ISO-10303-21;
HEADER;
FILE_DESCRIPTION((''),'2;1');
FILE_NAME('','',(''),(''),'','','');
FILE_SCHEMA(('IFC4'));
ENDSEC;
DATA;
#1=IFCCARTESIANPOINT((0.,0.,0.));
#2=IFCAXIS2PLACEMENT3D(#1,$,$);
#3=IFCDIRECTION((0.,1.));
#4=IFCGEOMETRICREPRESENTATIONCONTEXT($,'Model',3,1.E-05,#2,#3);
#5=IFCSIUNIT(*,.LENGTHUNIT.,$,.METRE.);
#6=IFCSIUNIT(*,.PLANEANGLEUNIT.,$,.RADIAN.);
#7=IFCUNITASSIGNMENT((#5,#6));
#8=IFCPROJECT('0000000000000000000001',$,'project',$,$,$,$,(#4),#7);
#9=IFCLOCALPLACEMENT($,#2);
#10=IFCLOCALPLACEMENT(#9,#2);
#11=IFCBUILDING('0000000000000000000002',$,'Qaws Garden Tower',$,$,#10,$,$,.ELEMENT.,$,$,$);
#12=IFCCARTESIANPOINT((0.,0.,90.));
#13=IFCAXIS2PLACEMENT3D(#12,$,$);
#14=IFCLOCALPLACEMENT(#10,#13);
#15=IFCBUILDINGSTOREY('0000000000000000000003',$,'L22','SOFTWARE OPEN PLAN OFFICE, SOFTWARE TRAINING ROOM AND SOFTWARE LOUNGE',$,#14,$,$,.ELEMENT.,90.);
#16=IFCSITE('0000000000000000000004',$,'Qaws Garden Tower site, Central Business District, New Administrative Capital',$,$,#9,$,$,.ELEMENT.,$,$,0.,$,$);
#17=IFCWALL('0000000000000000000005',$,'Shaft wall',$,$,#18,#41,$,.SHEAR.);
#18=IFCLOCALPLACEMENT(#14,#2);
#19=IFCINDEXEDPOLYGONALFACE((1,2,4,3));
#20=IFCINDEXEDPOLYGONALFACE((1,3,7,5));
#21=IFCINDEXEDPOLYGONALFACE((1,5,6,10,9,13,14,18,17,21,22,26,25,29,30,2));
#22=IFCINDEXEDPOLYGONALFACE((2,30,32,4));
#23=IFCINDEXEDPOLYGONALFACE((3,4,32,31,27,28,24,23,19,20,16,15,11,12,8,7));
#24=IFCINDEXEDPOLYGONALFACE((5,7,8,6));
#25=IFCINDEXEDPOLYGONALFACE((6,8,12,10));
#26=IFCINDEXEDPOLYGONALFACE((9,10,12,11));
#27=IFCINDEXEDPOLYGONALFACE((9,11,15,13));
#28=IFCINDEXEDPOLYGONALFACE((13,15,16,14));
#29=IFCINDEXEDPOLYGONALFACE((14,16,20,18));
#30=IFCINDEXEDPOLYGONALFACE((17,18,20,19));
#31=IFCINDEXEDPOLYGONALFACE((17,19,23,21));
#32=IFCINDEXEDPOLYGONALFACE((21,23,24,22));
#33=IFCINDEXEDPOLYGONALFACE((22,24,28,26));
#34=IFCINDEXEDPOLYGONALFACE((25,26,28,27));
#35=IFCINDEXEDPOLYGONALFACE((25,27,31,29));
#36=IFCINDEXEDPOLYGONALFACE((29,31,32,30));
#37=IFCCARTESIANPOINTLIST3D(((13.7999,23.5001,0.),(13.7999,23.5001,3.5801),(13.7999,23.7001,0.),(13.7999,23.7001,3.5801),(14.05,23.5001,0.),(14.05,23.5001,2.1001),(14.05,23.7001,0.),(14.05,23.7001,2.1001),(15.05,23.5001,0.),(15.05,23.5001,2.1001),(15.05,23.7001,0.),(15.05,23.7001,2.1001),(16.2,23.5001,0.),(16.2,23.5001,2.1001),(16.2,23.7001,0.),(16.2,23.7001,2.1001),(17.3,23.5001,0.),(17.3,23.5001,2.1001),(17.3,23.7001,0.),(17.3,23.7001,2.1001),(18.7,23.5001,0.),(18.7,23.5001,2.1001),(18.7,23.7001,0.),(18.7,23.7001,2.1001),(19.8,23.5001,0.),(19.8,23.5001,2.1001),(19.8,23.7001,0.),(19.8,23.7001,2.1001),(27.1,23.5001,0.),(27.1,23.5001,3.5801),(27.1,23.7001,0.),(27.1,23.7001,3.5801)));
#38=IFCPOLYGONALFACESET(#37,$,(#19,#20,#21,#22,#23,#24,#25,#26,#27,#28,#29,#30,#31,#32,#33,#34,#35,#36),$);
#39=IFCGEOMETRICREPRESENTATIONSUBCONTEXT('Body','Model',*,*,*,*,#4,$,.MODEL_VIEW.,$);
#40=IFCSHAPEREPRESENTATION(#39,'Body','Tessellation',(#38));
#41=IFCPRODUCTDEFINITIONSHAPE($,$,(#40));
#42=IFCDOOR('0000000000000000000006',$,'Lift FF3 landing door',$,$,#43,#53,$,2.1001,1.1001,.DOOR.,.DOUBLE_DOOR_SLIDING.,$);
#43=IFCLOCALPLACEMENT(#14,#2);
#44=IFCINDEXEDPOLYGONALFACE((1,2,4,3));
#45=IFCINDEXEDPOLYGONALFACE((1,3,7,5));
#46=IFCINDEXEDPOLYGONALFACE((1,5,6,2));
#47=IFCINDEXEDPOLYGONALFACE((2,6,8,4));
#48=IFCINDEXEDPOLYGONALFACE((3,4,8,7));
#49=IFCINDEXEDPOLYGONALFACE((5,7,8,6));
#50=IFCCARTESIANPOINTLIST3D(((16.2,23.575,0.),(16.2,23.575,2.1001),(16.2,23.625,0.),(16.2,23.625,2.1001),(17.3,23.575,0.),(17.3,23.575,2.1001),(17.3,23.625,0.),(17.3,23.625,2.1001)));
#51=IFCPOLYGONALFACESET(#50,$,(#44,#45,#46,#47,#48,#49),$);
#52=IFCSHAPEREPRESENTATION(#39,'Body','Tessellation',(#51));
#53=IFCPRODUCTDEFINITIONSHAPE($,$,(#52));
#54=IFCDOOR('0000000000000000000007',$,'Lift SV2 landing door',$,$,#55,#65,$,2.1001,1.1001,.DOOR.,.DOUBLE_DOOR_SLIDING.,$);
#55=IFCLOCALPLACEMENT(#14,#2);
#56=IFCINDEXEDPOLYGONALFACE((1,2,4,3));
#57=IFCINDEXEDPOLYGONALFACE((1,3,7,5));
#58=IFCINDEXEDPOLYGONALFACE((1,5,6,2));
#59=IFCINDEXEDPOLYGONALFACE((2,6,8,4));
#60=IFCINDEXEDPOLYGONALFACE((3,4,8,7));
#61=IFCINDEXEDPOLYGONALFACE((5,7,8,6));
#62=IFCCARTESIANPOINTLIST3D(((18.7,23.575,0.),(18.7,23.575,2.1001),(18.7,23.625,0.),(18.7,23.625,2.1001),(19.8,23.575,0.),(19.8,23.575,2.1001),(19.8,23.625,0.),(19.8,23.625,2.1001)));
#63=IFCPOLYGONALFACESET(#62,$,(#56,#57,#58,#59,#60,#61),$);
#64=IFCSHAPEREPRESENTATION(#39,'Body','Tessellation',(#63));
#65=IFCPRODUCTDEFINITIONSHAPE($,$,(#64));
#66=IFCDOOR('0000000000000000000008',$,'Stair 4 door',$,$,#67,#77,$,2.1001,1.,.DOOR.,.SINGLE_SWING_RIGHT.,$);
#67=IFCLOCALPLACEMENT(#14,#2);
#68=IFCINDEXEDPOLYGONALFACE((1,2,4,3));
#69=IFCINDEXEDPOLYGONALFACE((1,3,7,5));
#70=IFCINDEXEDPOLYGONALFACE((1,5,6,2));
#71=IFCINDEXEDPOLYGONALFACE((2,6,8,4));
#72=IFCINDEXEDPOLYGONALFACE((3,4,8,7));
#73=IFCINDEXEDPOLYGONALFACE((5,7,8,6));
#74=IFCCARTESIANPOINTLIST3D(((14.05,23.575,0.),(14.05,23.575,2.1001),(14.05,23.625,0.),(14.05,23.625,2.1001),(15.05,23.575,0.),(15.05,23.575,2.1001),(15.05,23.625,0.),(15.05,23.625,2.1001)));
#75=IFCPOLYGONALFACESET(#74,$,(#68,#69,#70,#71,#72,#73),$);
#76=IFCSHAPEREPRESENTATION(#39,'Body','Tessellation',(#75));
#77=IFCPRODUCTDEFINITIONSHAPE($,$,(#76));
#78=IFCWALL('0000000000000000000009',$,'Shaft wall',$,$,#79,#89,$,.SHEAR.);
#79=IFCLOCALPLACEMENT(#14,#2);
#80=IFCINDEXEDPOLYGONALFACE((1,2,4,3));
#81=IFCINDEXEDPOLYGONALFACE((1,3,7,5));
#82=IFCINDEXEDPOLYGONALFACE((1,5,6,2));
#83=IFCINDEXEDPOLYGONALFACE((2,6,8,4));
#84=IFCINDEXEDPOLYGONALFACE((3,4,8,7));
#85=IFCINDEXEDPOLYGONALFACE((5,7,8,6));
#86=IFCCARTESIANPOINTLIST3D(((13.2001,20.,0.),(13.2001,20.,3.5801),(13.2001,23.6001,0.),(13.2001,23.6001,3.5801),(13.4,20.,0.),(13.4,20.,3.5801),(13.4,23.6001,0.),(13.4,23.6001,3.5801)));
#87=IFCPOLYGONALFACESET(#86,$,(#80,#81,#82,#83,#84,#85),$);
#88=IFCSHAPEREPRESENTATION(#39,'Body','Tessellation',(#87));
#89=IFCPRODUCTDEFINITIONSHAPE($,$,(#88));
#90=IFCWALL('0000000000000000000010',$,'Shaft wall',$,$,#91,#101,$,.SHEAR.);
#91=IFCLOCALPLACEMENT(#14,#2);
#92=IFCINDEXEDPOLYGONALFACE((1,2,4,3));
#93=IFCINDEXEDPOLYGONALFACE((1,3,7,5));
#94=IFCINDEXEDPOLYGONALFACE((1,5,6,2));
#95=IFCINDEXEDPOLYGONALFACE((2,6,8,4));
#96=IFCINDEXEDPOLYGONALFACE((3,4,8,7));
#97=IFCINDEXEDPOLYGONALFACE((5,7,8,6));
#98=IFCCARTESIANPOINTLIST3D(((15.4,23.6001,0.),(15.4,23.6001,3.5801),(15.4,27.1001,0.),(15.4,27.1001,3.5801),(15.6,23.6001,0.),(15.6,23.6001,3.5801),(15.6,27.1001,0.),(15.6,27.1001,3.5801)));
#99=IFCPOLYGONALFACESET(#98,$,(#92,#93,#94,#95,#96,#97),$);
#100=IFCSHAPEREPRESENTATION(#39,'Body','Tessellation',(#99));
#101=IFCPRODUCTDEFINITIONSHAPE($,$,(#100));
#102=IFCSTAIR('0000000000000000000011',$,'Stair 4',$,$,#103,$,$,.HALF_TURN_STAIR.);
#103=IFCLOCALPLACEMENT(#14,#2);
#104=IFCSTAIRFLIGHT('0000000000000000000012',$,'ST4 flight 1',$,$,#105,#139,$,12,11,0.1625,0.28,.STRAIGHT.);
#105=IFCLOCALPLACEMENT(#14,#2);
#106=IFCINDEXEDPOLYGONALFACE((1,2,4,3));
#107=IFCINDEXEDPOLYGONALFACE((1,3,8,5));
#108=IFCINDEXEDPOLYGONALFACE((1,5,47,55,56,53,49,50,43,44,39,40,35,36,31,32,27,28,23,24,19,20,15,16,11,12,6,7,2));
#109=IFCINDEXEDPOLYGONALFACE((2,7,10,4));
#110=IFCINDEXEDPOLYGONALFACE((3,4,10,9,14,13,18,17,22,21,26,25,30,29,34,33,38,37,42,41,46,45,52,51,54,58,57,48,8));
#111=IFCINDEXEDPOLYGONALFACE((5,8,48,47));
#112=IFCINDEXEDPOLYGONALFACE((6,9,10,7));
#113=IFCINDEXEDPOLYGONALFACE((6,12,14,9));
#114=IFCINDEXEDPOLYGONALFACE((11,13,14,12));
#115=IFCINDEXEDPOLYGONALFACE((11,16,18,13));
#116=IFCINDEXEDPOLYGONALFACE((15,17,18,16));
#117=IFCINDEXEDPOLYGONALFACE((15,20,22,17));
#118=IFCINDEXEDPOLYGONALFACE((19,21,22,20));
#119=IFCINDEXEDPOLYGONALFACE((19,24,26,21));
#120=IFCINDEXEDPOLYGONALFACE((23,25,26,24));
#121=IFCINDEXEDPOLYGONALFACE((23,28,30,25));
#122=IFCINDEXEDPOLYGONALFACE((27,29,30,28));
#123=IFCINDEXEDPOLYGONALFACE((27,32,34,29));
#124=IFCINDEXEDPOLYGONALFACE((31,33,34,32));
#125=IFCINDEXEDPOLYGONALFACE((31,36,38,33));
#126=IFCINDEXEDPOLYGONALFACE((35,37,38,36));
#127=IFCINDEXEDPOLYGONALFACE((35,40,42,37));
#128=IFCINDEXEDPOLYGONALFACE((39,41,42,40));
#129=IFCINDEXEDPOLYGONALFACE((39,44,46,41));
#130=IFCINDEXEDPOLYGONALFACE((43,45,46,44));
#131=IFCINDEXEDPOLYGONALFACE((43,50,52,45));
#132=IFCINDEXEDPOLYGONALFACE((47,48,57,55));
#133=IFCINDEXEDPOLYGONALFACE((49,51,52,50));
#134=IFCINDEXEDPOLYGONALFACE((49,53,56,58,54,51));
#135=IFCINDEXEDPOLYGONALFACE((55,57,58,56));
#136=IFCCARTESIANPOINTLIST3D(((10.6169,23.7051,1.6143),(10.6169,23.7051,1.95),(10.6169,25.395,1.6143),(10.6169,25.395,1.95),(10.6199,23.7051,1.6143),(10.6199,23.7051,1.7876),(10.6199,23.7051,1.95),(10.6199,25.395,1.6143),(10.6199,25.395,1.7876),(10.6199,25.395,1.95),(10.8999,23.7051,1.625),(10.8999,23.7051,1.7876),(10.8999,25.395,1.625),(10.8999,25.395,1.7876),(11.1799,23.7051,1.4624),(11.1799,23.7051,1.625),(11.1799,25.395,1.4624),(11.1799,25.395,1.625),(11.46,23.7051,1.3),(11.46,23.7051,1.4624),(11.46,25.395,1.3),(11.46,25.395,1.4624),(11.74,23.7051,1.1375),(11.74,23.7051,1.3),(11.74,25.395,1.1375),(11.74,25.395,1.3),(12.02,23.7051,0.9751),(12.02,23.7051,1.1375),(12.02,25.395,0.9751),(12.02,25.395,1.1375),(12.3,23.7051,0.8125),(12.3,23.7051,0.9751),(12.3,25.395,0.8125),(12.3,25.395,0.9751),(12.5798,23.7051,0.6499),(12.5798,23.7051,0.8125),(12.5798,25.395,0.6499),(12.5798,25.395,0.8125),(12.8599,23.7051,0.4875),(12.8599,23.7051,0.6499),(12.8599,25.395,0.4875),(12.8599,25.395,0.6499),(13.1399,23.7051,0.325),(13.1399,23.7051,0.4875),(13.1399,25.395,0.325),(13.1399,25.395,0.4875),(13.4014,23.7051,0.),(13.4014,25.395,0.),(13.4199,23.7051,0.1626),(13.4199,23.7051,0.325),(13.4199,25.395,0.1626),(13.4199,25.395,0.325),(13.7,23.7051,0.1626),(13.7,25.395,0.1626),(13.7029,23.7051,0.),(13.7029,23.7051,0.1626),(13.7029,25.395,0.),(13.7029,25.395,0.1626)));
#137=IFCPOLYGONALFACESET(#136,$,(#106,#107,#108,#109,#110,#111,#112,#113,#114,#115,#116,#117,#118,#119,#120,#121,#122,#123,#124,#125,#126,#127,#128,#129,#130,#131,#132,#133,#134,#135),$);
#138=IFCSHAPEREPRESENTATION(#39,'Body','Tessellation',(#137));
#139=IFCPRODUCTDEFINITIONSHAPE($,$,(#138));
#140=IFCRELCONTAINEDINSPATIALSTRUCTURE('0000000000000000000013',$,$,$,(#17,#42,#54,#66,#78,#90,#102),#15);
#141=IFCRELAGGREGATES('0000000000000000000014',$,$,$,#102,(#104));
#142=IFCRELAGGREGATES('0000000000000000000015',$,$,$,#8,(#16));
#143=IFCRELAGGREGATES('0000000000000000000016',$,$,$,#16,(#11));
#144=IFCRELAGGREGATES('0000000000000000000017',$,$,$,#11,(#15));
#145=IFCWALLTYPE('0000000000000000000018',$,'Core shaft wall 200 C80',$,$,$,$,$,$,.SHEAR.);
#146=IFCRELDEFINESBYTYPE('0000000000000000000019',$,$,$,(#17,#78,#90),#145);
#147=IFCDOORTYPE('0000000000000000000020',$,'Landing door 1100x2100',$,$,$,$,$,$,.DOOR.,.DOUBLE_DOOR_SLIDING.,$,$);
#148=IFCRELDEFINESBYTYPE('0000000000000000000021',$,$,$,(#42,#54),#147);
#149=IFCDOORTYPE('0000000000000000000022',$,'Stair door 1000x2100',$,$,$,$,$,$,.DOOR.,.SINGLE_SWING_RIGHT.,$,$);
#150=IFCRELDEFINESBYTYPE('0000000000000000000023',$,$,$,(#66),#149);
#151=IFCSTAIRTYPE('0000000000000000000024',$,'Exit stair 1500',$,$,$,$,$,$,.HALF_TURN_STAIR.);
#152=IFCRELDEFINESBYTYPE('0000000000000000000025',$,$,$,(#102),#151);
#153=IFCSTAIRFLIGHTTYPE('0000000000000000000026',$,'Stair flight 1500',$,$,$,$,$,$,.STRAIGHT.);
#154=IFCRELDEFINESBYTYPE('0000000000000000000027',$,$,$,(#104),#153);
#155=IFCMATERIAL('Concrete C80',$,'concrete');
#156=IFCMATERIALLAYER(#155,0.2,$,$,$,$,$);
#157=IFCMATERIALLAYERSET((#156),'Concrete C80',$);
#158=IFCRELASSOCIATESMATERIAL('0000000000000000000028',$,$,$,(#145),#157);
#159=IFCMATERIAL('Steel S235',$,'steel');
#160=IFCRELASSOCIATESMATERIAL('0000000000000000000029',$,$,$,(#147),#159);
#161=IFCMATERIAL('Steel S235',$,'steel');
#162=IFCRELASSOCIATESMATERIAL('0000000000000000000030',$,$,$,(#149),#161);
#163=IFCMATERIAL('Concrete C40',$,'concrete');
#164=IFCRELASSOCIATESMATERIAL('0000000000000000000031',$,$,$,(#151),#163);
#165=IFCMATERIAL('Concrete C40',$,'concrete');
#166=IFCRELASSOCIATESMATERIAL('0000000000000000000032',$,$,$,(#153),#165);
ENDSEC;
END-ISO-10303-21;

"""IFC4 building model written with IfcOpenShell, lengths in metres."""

from ifc_helpers import new_model, si_unit, direction, frame, frame_2d, origin, place, context, subcontext, project, spatial, polyline, rectangle, outline, extrude, material, layer, layer_set, type_object, element, fill, aggregate, save


model = new_model("IFC4")

# Units and contexts
model_context = context("Model", 3, precision=1e-05, world=origin(), true_north=direction((0.0, 1.0)))
body_context = subcontext(model_context, "Body", "Model", "MODEL_VIEW")
ifc_project = project(units=[si_unit("LENGTHUNIT", "METRE"), si_unit("PLANEANGLEUNIT", "RADIAN")], contexts=[model_context])

# Site, building, storey
site_placement = place(None, origin())
site = spatial("IfcSite", under=ifc_project, at=site_placement, Name="Qaws Garden Tower site, Central Business District, New Administrative Capital", CompositionType="ELEMENT", RefElevation=0.0)
building_placement = place(site_placement, origin())
building = spatial("IfcBuilding", under=site, at=building_placement, Name="Qaws Garden Tower", CompositionType="ELEMENT")
storey_placement = place(building_placement, frame((0.0, 0.0, 90.0)))
storey = spatial("IfcBuildingStorey", under=building, at=storey_placement, Name="L22", Description="SOFTWARE OPEN PLAN OFFICE, SOFTWARE TRAINING ROOM AND SOFTWARE LOUNGE", CompositionType="ELEMENT", Elevation=90.0)

# Shared definitions
ifc_material_1 = material(Name="Concrete C80", Category="concrete")
ifc_layer_1 = layer(ifc_material_1, 0.2)
ifc_layer_set_1 = layer_set([ifc_layer_1], Name="Concrete C80")
wall_type_1 = type_object("IfcWallType", Name="Core shaft wall 200 C80", PredefinedType="SHEAR", material=ifc_layer_set_1)

# Wall, openings, doors
wall_1_placement = place(storey_placement, frame((13.8, 23.6001, 0.0), z_axis=(0.0, 0.0, 1.0), x_axis=(1.0, 0.0, 0.0)))
wall_1 = element("IfcWall", 1, at=wall_1_placement, inside=storey, type_object=wall_type_1, Name="Shaft wall", PredefinedType="SHEAR", context=body_context, shape_type="SweptSolid", body=[
    extrude(rectangle(XDim=13.3, YDim=0.2, at=frame_2d((6.6499, 0.0))), origin(), (0.0, 0.0, 1.0), 3.5801),
])
opening_1_placement = place(wall_1_placement, frame((2.3999, 0.0, 0.0)))
opening_1 = element("IfcOpeningElement", 2, at=opening_1_placement, cuts=wall_1, PredefinedType="OPENING", context=body_context, shape_type="SweptSolid", body=[
    extrude(rectangle(XDim=1.1001, YDim=2.1001, at=frame_2d((0.55, 1.05))), frame((0.0, 0.1099, 0.0), z_axis=(0.0, -1.0, 0.0), x_axis=(1.0, 0.0, 0.0)), (0.0, 0.0, 1.0), 0.22),
])
opening_2_placement = place(wall_1_placement, frame((4.8999, 0.0, 0.0)))
opening_2 = element("IfcOpeningElement", 3, at=opening_2_placement, cuts=wall_1, PredefinedType="OPENING", context=body_context, shape_type="SweptSolid", body=[
    extrude(rectangle(XDim=1.1001, YDim=2.1001, at=frame_2d((0.55, 1.05))), frame((0.0, 0.1099, 0.0), z_axis=(0.0, -1.0, 0.0), x_axis=(1.0, 0.0, 0.0)), (0.0, 0.0, 1.0), 0.22),
])
opening_3_placement = place(wall_1_placement, frame((0.25, 0.0, 0.0)))
opening_3 = element("IfcOpeningElement", 4, at=opening_3_placement, cuts=wall_1, PredefinedType="OPENING", context=body_context, shape_type="SweptSolid", body=[
    extrude(rectangle(XDim=1.0, YDim=2.1001, at=frame_2d((0.5, 1.05))), frame((0.0, 0.1099, 0.0), z_axis=(0.0, -1.0, 0.0), x_axis=(1.0, 0.0, 0.0)), (0.0, 0.0, 1.0), 0.22),
])
ifc_material_2 = material(Name="Steel S235", Category="steel")
door_type_1 = type_object("IfcDoorType", Name="Landing door 1100x2100", OperationType="DOUBLE_DOOR_SLIDING", PredefinedType="DOOR", material=ifc_material_2)
door_1_placement = place(opening_1_placement, origin())
door_1 = element("IfcDoor", 5, at=door_1_placement, inside=storey, type_object=door_type_1, Name="Lift FF3 landing door", OperationType="DOUBLE_DOOR_SLIDING", OverallHeight=2.1001, OverallWidth=1.1001, PredefinedType="DOOR", context=body_context, shape_type="SweptSolid", body=[
    extrude(rectangle(XDim=1.1001, YDim=2.1001, at=frame_2d((0.55, 1.05))), frame((0.0, 0.0249, 0.0), z_axis=(0.0, -1.0, 0.0), x_axis=(1.0, 0.0, 0.0)), (0.0, 0.0, 1.0), 0.05),
])
fill(opening_1, door_1)
door_2_placement = place(opening_2_placement, origin())
door_2 = element("IfcDoor", 6, at=door_2_placement, inside=storey, type_object=door_type_1, Name="Lift SV2 landing door", OperationType="DOUBLE_DOOR_SLIDING", OverallHeight=2.1001, OverallWidth=1.1001, PredefinedType="DOOR", context=body_context, shape_type="SweptSolid", body=[
    extrude(rectangle(XDim=1.1001, YDim=2.1001, at=frame_2d((0.55, 1.05))), frame((0.0, 0.0249, 0.0), z_axis=(0.0, -1.0, 0.0), x_axis=(1.0, 0.0, 0.0)), (0.0, 0.0, 1.0), 0.05),
])
fill(opening_2, door_2)
ifc_material_3 = material(Name="Steel S235", Category="steel")
door_type_2 = type_object("IfcDoorType", Name="Stair door 1000x2100", OperationType="SINGLE_SWING_RIGHT", PredefinedType="DOOR", material=ifc_material_3)
door_3_placement = place(opening_3_placement, origin())
door_3 = element("IfcDoor", 7, at=door_3_placement, inside=storey, type_object=door_type_2, Name="Stair 4 door", OperationType="SINGLE_SWING_RIGHT", OverallHeight=2.1001, OverallWidth=1.0, PredefinedType="DOOR", context=body_context, shape_type="SweptSolid", body=[
    extrude(rectangle(XDim=1.0, YDim=2.1001, at=frame_2d((0.5, 1.05))), frame((0.0, 0.0249, 0.0), z_axis=(0.0, -1.0, 0.0), x_axis=(1.0, 0.0, 0.0)), (0.0, 0.0, 1.0), 0.05),
])
fill(opening_3, door_3)

# Walls
wall_2_placement = place(storey_placement, frame((13.3, 20.0, 0.0), z_axis=(0.0, 0.0, 1.0), x_axis=(0.0, 1.0, 0.0)))
element("IfcWall", 8, at=wall_2_placement, inside=storey, type_object=wall_type_1, Name="Shaft wall", PredefinedType="SHEAR", context=body_context, shape_type="SweptSolid", body=[
    extrude(rectangle(XDim=3.6001, YDim=0.2, at=frame_2d((1.8, 0.0))), origin(), (0.0, 0.0, 1.0), 3.5801),
])
wall_3_placement = place(storey_placement, frame((15.5, 23.6001, 0.0), z_axis=(0.0, 0.0, 1.0), x_axis=(0.0, 1.0, 0.0)))
element("IfcWall", 9, at=wall_3_placement, inside=storey, type_object=wall_type_1, Name="Shaft wall", PredefinedType="SHEAR", context=body_context, shape_type="SweptSolid", body=[
    extrude(rectangle(XDim=3.5, YDim=0.2, at=frame_2d((1.75, 0.0))), origin(), (0.0, 0.0, 1.0), 3.5801),
])

# Stair, stair flight
ifc_material_4 = material(Name="Concrete C40", Category="concrete")
stair_type = type_object("IfcStairType", Name="Exit stair 1500", PredefinedType="HALF_TURN_STAIR", material=ifc_material_4)
stair_placement = place(storey_placement, origin())
stair = element("IfcStair", 10, at=stair_placement, inside=storey, type_object=stair_type, Name="Stair 4", PredefinedType="HALF_TURN_STAIR")
ifc_material_5 = material(Name="Concrete C40", Category="concrete")
stair_flight_type = type_object("IfcStairFlightType", Name="Stair flight 1500", PredefinedType="STRAIGHT", material=ifc_material_5)
stair_flight_1_placement = place(storey_placement, frame((13.7, 24.55, 0.0), z_axis=(0.0, 0.0, 1.0), x_axis=(-1.0, 0.0, 0.0)))
stair_flight_1 = element("IfcStairFlight", 11, at=stair_flight_1_placement, type_object=stair_flight_type, Name="ST4 flight 1", NumberOfRisers=12, NumberOfTreads=11, PredefinedType="STRAIGHT", RiserHeight=0.1625, TreadLength=0.28, context=body_context, shape_type="SweptSolid", body=[
    extrude(outline(polyline([(-0.0029, 0.0), (-0.0029, 0.1626), (0.0, 0.1626), (0.28, 0.1626), (0.28, 0.325), (0.5601, 0.325), (0.5601, 0.4875), (0.8401, 0.4875), (0.8401, 0.6499), (1.1201, 0.6499), (1.1201, 0.8125), (1.3999, 0.8125), (1.3999, 0.9751), (1.6799, 0.9751), (1.6799, 1.1375), (1.96, 1.1375), (1.96, 1.3), (2.24, 1.3), (2.24, 1.4624), (2.52, 1.4624), (2.52, 1.625), (2.8, 1.625), (2.8, 1.7876), (3.0801, 1.7876), (3.0801, 1.95), (3.083, 1.95), (3.083, 1.6143), (3.0801, 1.6143), (0.2986, 0.0), (-0.0029, 0.0)])), frame((0.0, 0.845, 0.0), z_axis=(0.0, -1.0, 0.0), x_axis=(1.0, 0.0, 0.0)), (0.0, 0.0, 1.0), 1.6899),
])
aggregate(stair, [stair_flight_1])

save(model, "model.ifc")
